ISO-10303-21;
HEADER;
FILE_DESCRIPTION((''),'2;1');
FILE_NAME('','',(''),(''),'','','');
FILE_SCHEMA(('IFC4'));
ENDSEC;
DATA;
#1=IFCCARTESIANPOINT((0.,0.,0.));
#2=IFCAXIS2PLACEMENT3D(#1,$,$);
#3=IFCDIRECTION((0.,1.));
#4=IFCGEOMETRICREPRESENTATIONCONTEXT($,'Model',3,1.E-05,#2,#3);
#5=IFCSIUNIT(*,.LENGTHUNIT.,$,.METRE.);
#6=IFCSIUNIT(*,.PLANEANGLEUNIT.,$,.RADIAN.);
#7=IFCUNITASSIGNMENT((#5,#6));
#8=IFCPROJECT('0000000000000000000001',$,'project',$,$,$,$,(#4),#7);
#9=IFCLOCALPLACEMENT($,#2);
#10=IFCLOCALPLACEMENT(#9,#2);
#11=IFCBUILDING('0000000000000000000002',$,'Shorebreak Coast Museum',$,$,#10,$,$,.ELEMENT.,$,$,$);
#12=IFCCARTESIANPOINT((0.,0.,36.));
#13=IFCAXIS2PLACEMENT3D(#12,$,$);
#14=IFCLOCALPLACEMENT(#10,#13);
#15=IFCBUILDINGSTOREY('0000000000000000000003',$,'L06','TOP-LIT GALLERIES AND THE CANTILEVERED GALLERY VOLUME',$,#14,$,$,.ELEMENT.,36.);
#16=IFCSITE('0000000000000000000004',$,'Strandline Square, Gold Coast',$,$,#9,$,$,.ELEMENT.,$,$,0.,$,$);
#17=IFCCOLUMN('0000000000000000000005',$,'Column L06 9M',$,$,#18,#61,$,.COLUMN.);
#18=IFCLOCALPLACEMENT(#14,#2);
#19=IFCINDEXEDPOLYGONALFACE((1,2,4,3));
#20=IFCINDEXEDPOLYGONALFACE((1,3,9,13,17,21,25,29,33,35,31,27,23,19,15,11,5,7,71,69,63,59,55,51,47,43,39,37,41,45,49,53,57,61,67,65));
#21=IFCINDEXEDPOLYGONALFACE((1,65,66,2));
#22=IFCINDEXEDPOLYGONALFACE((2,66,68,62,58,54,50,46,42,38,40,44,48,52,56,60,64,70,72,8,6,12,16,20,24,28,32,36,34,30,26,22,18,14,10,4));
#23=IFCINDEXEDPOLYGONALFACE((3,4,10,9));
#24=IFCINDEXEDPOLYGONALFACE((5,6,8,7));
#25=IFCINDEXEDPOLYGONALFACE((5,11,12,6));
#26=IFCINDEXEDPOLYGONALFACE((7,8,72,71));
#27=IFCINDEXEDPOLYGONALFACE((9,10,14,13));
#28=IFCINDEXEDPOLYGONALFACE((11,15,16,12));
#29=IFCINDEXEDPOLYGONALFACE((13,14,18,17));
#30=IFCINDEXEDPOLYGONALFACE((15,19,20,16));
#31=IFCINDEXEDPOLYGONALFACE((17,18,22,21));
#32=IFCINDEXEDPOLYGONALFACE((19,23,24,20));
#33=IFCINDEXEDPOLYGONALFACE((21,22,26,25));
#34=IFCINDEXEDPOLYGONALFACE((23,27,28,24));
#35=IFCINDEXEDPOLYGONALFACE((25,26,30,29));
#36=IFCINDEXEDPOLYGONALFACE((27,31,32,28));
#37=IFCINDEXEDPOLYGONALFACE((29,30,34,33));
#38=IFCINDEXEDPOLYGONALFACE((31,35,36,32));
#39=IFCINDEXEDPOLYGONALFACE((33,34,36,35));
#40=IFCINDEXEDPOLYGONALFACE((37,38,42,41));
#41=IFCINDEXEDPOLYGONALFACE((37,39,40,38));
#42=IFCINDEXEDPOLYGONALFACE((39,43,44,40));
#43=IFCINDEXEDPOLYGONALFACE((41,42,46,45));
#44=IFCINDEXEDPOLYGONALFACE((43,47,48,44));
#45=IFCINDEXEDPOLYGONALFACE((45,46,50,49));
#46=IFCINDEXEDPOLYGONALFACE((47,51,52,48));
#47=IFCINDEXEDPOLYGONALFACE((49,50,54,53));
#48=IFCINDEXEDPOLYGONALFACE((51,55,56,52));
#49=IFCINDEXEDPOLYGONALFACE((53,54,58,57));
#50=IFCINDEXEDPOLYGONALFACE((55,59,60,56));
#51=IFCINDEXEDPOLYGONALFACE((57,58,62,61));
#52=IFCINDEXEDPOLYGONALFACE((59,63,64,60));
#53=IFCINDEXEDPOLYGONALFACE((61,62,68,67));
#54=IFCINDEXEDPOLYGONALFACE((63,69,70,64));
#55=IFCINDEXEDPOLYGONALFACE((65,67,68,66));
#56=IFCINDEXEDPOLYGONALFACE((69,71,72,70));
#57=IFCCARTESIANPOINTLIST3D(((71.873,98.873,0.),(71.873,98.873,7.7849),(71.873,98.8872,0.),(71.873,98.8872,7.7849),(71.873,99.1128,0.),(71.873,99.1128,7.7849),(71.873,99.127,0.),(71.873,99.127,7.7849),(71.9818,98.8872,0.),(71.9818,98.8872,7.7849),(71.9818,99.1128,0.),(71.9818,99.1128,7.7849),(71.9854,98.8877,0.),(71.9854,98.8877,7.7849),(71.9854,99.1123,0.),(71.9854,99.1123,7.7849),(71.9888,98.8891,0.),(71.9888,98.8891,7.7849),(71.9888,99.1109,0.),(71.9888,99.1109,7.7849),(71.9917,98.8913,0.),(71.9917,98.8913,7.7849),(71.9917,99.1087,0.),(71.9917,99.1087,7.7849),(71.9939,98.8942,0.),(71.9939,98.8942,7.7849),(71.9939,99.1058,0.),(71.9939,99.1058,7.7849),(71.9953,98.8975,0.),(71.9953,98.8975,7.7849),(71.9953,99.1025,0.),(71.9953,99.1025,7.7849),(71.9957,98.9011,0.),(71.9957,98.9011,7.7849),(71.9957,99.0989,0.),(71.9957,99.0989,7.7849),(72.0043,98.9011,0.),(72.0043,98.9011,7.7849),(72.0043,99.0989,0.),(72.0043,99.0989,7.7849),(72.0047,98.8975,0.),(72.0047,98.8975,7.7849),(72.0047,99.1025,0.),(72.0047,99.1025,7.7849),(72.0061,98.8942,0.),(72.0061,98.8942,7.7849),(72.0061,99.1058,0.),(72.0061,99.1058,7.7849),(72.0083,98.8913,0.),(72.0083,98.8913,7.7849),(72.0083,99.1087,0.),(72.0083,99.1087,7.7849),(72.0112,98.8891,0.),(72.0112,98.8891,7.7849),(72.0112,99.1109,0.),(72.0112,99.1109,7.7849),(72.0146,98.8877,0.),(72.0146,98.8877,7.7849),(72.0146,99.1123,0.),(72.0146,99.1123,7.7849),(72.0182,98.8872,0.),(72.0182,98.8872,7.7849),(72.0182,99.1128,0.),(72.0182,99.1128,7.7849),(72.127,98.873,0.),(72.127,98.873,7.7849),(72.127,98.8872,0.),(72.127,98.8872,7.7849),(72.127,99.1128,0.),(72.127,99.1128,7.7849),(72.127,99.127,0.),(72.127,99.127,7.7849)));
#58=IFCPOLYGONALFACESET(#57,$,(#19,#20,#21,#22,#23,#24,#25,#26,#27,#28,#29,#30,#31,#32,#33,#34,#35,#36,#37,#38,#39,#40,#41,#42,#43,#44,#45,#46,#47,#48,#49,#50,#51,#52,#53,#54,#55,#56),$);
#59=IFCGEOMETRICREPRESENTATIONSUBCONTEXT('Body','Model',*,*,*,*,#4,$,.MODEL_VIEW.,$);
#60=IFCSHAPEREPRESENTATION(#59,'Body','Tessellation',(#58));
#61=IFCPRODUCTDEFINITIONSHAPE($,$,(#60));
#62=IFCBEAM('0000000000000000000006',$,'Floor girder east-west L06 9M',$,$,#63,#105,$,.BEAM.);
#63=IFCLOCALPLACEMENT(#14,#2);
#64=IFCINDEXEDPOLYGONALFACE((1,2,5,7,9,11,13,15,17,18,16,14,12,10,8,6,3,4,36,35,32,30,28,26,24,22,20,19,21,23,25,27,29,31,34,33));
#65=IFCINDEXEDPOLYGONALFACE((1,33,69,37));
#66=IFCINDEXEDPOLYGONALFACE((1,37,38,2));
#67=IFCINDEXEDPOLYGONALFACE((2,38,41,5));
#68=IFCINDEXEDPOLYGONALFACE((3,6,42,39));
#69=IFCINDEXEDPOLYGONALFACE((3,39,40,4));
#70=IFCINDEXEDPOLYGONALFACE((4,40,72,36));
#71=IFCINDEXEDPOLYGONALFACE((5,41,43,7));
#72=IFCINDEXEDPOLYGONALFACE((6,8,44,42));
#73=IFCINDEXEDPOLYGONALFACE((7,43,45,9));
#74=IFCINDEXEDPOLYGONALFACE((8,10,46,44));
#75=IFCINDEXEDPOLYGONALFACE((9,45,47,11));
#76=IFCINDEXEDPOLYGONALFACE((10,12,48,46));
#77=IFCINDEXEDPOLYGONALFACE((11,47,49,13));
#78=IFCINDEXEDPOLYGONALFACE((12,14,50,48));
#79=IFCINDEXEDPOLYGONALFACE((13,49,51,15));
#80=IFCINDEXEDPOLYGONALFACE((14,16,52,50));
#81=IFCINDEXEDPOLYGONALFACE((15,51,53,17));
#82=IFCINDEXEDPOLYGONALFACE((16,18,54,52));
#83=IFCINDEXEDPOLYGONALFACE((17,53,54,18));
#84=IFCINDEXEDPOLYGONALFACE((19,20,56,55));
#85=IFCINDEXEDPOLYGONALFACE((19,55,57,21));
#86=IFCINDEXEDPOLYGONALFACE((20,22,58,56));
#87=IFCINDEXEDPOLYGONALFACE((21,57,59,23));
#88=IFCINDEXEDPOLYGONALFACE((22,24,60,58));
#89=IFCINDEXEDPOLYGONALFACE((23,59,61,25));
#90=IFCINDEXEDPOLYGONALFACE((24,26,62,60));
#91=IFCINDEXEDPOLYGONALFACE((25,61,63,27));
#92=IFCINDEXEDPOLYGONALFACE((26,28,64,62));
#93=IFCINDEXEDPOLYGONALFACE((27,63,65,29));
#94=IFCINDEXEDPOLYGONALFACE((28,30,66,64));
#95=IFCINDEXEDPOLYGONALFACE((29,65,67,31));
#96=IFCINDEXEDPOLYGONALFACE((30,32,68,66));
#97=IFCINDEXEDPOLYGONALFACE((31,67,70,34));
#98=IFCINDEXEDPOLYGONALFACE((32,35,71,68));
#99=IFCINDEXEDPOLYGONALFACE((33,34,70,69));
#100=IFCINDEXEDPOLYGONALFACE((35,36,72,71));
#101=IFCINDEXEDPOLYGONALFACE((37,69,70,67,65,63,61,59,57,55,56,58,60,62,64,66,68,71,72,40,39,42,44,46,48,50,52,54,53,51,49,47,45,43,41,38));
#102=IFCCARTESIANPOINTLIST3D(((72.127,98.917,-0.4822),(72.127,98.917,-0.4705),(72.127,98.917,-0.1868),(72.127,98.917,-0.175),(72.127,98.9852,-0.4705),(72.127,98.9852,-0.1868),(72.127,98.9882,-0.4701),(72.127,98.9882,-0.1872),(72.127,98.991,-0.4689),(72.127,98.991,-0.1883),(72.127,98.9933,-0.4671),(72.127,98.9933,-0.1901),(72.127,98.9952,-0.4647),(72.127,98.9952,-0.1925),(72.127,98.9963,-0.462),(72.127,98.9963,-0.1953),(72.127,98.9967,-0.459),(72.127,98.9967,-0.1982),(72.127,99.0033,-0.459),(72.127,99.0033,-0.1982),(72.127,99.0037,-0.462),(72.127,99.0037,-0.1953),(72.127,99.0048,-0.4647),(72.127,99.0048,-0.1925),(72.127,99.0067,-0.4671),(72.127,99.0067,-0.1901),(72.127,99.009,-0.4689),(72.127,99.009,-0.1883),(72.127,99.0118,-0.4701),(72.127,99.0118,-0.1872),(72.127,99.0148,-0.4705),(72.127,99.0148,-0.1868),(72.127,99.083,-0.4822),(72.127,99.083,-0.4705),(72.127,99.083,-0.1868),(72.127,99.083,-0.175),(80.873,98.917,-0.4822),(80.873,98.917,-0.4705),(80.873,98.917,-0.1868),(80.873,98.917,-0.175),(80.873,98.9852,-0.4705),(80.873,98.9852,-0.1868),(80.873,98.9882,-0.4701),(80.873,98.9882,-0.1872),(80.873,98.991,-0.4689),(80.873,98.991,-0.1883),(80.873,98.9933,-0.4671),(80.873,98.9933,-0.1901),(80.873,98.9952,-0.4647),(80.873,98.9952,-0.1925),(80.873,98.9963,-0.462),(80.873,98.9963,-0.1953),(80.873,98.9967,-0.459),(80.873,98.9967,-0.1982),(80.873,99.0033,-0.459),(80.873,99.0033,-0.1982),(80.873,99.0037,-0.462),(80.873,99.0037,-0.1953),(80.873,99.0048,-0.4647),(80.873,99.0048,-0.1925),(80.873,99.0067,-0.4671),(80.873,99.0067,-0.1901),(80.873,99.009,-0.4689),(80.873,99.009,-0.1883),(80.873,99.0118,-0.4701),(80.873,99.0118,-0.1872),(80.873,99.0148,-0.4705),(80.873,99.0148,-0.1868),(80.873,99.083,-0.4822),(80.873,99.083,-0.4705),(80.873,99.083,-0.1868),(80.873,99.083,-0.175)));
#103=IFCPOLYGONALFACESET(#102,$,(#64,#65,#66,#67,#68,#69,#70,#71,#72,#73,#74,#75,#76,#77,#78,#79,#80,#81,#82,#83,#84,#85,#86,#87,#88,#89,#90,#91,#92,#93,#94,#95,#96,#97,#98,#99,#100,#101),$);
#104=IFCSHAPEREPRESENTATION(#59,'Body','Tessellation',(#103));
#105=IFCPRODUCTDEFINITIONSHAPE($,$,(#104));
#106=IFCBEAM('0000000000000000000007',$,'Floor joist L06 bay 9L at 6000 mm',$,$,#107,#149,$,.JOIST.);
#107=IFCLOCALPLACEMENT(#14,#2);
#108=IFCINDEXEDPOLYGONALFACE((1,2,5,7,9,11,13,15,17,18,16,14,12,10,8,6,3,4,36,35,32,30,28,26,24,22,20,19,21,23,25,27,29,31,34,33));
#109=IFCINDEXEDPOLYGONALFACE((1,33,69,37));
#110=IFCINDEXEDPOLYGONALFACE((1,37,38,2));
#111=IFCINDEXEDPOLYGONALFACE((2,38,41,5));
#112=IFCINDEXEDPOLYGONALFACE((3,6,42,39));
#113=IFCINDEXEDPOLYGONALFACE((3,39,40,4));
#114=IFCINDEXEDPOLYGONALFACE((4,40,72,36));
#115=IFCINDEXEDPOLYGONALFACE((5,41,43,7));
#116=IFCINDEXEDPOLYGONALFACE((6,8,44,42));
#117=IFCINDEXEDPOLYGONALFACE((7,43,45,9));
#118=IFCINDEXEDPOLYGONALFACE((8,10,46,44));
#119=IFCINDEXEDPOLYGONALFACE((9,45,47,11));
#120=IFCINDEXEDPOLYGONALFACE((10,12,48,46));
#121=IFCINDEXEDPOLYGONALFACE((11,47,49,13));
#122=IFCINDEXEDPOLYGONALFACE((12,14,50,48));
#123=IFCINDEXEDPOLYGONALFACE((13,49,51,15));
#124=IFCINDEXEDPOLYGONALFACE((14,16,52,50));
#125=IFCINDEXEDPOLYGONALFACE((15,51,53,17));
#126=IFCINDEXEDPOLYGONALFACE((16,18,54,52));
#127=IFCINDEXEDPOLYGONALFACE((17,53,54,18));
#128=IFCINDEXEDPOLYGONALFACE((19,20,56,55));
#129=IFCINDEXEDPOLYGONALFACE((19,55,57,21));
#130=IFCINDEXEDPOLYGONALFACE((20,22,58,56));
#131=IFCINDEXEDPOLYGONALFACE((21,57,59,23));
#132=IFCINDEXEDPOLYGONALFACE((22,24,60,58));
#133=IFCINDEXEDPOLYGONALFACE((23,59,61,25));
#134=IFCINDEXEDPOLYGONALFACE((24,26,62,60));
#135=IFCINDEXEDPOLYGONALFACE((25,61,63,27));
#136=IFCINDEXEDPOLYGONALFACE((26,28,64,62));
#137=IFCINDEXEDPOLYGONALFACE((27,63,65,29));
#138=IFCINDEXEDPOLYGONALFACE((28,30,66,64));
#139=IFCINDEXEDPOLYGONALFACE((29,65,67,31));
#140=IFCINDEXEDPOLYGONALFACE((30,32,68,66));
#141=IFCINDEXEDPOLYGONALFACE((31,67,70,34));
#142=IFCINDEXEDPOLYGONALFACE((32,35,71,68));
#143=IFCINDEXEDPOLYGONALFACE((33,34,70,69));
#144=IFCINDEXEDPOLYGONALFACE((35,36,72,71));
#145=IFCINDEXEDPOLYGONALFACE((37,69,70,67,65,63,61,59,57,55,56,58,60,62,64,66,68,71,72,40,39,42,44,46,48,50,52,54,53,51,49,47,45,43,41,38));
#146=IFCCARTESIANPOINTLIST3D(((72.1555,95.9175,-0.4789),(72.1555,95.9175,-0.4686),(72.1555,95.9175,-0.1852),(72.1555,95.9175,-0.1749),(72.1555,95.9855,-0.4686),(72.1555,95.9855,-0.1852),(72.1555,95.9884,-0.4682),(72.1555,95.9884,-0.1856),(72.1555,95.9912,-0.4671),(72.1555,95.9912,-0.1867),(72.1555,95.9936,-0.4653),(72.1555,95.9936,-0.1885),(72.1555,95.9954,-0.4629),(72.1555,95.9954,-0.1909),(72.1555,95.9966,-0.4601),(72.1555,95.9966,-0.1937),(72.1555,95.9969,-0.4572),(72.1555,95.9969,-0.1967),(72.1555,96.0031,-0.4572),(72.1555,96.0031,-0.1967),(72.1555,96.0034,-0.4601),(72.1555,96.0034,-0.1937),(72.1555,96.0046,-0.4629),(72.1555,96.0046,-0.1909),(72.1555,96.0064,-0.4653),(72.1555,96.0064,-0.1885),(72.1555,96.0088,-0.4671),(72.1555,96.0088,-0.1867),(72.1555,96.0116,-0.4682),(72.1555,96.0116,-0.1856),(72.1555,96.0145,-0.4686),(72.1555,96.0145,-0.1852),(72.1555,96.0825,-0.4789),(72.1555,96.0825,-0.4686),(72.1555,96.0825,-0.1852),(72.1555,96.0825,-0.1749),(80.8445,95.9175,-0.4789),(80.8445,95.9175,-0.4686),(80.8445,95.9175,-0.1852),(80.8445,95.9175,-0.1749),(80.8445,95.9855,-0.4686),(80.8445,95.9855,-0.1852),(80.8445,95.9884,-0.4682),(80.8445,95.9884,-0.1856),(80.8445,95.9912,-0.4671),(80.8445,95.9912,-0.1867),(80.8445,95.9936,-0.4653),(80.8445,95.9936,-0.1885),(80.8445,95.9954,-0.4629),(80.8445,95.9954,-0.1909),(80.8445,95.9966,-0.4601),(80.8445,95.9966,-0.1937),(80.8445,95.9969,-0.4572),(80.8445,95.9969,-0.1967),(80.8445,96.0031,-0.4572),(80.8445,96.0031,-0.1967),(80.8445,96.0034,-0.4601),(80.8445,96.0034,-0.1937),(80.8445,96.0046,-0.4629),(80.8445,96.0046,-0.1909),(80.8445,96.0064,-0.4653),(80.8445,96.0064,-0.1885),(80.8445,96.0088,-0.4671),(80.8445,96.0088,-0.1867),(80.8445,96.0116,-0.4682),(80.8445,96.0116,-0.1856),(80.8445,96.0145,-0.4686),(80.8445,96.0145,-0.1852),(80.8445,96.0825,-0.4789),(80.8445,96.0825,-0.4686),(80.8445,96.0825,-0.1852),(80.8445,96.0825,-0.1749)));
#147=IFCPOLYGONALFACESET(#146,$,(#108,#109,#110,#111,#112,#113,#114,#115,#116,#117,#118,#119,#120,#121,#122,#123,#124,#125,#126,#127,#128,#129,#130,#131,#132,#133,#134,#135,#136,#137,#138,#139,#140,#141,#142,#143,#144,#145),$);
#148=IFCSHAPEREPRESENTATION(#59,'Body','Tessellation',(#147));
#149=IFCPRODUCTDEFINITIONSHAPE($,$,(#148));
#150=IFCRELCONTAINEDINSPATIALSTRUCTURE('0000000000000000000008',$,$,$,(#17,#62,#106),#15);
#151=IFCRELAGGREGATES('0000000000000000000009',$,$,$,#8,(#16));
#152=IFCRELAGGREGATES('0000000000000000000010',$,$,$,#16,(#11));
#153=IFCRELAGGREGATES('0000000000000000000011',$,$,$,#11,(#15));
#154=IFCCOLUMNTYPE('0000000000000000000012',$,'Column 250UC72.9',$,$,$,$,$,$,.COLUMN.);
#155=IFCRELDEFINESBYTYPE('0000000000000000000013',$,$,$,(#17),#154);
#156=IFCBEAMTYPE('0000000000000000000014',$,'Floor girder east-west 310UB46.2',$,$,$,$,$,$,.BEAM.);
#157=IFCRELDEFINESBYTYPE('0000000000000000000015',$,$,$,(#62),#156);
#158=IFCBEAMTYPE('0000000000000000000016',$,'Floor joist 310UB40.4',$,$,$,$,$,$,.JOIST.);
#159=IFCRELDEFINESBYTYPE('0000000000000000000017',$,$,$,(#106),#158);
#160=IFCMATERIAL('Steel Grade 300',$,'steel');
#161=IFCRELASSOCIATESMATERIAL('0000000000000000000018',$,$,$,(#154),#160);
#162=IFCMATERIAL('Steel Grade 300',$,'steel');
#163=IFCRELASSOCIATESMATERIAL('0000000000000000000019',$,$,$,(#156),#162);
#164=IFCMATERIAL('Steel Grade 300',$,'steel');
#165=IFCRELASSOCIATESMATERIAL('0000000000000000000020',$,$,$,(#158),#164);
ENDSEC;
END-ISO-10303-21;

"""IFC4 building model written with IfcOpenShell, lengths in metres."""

from ifc_helpers import new_model, si_unit, direction, frame, origin, origin_2d, place, context, subcontext, project, spatial, i_section, extrude, material, material_profile, profile_set, type_object, element, save


model = new_model("IFC4")

# Units and contexts
model_context = context("Model", 3, precision=1e-05, world=origin(), true_north=direction((0.0, 1.0)))
body_context = subcontext(model_context, "Body", "Model", "MODEL_VIEW")
ifc_project = project(units=[si_unit("LENGTHUNIT", "METRE"), si_unit("PLANEANGLEUNIT", "RADIAN")], contexts=[model_context])

# Site, building, storey
site_placement = place(None, origin())
site = spatial("IfcSite", under=ifc_project, at=site_placement, Name="Strandline Square, Gold Coast", CompositionType="ELEMENT", RefElevation=0.0)
building_placement = place(site_placement, origin())
building = spatial("IfcBuilding", under=site, at=building_placement, Name="Shorebreak Coast Museum", CompositionType="ELEMENT")
storey_placement = place(building_placement, frame((0.0, 0.0, 36.0)))
storey = spatial("IfcBuildingStorey", under=building, at=storey_placement, Name="L06", Description="TOP-LIT GALLERIES AND THE CANTILEVERED GALLERY VOLUME", CompositionType="ELEMENT", Elevation=36.0)

# Column
ifc_material_1 = material(Name="Steel Grade 300", Category="steel")
ifc_material_profile_1 = material_profile(ifc_material_1, i_section(OverallWidth=0.2539, OverallDepth=0.2539, WebThickness=0.0085, FlangeThickness=0.0142, FilletRadius=0.0139, at=origin_2d()), Name="250UC72.9")
ifc_profile_set_1 = profile_set([ifc_material_profile_1], Name="Steel Grade 300")
column_type = type_object("IfcColumnType", Name="Column 250UC72.9", PredefinedType="COLUMN", material=ifc_profile_set_1)
column_placement = place(storey_placement, frame((72.0, 99.0, 0.0), z_axis=(0.0, 0.0, 1.0), x_axis=(1.0, 0.0, 0.0)))
element("IfcColumn", 1, at=column_placement, inside=storey, type_object=column_type, Name="Column L06 9M", PredefinedType="COLUMN", context=body_context, shape_type="SweptSolid", body=[
    extrude(i_section(OverallWidth=0.2539, OverallDepth=0.2539, WebThickness=0.0085, FlangeThickness=0.0142, FilletRadius=0.0139, at=origin_2d()), origin(), (0.0, 0.0, 1.0), 7.7849),
])

# Beams
ifc_material_2 = material(Name="Steel Grade 300", Category="steel")
ifc_material_profile_2 = material_profile(ifc_material_2, i_section(OverallWidth=0.166, OverallDepth=0.3071, WebThickness=0.0066, FlangeThickness=0.0117, FilletRadius=0.0115, at=origin_2d()), Name="310UB46.2")
ifc_profile_set_2 = profile_set([ifc_material_profile_2], Name="Steel Grade 300")
beam_type_1 = type_object("IfcBeamType", Name="Floor girder east-west 310UB46.2", PredefinedType="BEAM", material=ifc_profile_set_2)
beam_1_placement = place(storey_placement, frame((72.127, 99.0, -0.3286), z_axis=(1.0, 0.0, 0.0), x_axis=(0.0, 1.0, 0.0)))
element("IfcBeam", 2, at=beam_1_placement, inside=storey, type_object=beam_type_1, Name="Floor girder east-west L06 9M", PredefinedType="BEAM", context=body_context, shape_type="SweptSolid", body=[
    extrude(i_section(OverallWidth=0.166, OverallDepth=0.3071, WebThickness=0.0066, FlangeThickness=0.0117, FilletRadius=0.0115, at=origin_2d()), origin(), (0.0, 0.0, 1.0), 8.7461),
])
ifc_material_3 = material(Name="Steel Grade 300", Category="steel")
ifc_material_profile_3 = material_profile(ifc_material_3, i_section(OverallWidth=0.165, OverallDepth=0.304, WebThickness=0.0061, FlangeThickness=0.0103, FilletRadius=0.0115, at=origin_2d()), Name="310UB40.4")
ifc_profile_set_3 = profile_set([ifc_material_profile_3], Name="Steel Grade 300")
beam_type_2 = type_object("IfcBeamType", Name="Floor joist 310UB40.4", PredefinedType="JOIST", material=ifc_profile_set_3)
beam_2_placement = place(storey_placement, frame((72.1555, 96.0, -0.3269), z_axis=(1.0, 0.0, 0.0), x_axis=(0.0, 1.0, 0.0)))
element("IfcBeam", 3, at=beam_2_placement, inside=storey, type_object=beam_type_2, Name="Floor joist L06 bay 9L at 6000 mm", PredefinedType="JOIST", context=body_context, shape_type="SweptSolid", body=[
    extrude(i_section(OverallWidth=0.165, OverallDepth=0.304, WebThickness=0.0061, FlangeThickness=0.0103, FilletRadius=0.0115, at=origin_2d()), origin(), (0.0, 0.0, 1.0), 8.689),
])

save(model, "model.ifc")
